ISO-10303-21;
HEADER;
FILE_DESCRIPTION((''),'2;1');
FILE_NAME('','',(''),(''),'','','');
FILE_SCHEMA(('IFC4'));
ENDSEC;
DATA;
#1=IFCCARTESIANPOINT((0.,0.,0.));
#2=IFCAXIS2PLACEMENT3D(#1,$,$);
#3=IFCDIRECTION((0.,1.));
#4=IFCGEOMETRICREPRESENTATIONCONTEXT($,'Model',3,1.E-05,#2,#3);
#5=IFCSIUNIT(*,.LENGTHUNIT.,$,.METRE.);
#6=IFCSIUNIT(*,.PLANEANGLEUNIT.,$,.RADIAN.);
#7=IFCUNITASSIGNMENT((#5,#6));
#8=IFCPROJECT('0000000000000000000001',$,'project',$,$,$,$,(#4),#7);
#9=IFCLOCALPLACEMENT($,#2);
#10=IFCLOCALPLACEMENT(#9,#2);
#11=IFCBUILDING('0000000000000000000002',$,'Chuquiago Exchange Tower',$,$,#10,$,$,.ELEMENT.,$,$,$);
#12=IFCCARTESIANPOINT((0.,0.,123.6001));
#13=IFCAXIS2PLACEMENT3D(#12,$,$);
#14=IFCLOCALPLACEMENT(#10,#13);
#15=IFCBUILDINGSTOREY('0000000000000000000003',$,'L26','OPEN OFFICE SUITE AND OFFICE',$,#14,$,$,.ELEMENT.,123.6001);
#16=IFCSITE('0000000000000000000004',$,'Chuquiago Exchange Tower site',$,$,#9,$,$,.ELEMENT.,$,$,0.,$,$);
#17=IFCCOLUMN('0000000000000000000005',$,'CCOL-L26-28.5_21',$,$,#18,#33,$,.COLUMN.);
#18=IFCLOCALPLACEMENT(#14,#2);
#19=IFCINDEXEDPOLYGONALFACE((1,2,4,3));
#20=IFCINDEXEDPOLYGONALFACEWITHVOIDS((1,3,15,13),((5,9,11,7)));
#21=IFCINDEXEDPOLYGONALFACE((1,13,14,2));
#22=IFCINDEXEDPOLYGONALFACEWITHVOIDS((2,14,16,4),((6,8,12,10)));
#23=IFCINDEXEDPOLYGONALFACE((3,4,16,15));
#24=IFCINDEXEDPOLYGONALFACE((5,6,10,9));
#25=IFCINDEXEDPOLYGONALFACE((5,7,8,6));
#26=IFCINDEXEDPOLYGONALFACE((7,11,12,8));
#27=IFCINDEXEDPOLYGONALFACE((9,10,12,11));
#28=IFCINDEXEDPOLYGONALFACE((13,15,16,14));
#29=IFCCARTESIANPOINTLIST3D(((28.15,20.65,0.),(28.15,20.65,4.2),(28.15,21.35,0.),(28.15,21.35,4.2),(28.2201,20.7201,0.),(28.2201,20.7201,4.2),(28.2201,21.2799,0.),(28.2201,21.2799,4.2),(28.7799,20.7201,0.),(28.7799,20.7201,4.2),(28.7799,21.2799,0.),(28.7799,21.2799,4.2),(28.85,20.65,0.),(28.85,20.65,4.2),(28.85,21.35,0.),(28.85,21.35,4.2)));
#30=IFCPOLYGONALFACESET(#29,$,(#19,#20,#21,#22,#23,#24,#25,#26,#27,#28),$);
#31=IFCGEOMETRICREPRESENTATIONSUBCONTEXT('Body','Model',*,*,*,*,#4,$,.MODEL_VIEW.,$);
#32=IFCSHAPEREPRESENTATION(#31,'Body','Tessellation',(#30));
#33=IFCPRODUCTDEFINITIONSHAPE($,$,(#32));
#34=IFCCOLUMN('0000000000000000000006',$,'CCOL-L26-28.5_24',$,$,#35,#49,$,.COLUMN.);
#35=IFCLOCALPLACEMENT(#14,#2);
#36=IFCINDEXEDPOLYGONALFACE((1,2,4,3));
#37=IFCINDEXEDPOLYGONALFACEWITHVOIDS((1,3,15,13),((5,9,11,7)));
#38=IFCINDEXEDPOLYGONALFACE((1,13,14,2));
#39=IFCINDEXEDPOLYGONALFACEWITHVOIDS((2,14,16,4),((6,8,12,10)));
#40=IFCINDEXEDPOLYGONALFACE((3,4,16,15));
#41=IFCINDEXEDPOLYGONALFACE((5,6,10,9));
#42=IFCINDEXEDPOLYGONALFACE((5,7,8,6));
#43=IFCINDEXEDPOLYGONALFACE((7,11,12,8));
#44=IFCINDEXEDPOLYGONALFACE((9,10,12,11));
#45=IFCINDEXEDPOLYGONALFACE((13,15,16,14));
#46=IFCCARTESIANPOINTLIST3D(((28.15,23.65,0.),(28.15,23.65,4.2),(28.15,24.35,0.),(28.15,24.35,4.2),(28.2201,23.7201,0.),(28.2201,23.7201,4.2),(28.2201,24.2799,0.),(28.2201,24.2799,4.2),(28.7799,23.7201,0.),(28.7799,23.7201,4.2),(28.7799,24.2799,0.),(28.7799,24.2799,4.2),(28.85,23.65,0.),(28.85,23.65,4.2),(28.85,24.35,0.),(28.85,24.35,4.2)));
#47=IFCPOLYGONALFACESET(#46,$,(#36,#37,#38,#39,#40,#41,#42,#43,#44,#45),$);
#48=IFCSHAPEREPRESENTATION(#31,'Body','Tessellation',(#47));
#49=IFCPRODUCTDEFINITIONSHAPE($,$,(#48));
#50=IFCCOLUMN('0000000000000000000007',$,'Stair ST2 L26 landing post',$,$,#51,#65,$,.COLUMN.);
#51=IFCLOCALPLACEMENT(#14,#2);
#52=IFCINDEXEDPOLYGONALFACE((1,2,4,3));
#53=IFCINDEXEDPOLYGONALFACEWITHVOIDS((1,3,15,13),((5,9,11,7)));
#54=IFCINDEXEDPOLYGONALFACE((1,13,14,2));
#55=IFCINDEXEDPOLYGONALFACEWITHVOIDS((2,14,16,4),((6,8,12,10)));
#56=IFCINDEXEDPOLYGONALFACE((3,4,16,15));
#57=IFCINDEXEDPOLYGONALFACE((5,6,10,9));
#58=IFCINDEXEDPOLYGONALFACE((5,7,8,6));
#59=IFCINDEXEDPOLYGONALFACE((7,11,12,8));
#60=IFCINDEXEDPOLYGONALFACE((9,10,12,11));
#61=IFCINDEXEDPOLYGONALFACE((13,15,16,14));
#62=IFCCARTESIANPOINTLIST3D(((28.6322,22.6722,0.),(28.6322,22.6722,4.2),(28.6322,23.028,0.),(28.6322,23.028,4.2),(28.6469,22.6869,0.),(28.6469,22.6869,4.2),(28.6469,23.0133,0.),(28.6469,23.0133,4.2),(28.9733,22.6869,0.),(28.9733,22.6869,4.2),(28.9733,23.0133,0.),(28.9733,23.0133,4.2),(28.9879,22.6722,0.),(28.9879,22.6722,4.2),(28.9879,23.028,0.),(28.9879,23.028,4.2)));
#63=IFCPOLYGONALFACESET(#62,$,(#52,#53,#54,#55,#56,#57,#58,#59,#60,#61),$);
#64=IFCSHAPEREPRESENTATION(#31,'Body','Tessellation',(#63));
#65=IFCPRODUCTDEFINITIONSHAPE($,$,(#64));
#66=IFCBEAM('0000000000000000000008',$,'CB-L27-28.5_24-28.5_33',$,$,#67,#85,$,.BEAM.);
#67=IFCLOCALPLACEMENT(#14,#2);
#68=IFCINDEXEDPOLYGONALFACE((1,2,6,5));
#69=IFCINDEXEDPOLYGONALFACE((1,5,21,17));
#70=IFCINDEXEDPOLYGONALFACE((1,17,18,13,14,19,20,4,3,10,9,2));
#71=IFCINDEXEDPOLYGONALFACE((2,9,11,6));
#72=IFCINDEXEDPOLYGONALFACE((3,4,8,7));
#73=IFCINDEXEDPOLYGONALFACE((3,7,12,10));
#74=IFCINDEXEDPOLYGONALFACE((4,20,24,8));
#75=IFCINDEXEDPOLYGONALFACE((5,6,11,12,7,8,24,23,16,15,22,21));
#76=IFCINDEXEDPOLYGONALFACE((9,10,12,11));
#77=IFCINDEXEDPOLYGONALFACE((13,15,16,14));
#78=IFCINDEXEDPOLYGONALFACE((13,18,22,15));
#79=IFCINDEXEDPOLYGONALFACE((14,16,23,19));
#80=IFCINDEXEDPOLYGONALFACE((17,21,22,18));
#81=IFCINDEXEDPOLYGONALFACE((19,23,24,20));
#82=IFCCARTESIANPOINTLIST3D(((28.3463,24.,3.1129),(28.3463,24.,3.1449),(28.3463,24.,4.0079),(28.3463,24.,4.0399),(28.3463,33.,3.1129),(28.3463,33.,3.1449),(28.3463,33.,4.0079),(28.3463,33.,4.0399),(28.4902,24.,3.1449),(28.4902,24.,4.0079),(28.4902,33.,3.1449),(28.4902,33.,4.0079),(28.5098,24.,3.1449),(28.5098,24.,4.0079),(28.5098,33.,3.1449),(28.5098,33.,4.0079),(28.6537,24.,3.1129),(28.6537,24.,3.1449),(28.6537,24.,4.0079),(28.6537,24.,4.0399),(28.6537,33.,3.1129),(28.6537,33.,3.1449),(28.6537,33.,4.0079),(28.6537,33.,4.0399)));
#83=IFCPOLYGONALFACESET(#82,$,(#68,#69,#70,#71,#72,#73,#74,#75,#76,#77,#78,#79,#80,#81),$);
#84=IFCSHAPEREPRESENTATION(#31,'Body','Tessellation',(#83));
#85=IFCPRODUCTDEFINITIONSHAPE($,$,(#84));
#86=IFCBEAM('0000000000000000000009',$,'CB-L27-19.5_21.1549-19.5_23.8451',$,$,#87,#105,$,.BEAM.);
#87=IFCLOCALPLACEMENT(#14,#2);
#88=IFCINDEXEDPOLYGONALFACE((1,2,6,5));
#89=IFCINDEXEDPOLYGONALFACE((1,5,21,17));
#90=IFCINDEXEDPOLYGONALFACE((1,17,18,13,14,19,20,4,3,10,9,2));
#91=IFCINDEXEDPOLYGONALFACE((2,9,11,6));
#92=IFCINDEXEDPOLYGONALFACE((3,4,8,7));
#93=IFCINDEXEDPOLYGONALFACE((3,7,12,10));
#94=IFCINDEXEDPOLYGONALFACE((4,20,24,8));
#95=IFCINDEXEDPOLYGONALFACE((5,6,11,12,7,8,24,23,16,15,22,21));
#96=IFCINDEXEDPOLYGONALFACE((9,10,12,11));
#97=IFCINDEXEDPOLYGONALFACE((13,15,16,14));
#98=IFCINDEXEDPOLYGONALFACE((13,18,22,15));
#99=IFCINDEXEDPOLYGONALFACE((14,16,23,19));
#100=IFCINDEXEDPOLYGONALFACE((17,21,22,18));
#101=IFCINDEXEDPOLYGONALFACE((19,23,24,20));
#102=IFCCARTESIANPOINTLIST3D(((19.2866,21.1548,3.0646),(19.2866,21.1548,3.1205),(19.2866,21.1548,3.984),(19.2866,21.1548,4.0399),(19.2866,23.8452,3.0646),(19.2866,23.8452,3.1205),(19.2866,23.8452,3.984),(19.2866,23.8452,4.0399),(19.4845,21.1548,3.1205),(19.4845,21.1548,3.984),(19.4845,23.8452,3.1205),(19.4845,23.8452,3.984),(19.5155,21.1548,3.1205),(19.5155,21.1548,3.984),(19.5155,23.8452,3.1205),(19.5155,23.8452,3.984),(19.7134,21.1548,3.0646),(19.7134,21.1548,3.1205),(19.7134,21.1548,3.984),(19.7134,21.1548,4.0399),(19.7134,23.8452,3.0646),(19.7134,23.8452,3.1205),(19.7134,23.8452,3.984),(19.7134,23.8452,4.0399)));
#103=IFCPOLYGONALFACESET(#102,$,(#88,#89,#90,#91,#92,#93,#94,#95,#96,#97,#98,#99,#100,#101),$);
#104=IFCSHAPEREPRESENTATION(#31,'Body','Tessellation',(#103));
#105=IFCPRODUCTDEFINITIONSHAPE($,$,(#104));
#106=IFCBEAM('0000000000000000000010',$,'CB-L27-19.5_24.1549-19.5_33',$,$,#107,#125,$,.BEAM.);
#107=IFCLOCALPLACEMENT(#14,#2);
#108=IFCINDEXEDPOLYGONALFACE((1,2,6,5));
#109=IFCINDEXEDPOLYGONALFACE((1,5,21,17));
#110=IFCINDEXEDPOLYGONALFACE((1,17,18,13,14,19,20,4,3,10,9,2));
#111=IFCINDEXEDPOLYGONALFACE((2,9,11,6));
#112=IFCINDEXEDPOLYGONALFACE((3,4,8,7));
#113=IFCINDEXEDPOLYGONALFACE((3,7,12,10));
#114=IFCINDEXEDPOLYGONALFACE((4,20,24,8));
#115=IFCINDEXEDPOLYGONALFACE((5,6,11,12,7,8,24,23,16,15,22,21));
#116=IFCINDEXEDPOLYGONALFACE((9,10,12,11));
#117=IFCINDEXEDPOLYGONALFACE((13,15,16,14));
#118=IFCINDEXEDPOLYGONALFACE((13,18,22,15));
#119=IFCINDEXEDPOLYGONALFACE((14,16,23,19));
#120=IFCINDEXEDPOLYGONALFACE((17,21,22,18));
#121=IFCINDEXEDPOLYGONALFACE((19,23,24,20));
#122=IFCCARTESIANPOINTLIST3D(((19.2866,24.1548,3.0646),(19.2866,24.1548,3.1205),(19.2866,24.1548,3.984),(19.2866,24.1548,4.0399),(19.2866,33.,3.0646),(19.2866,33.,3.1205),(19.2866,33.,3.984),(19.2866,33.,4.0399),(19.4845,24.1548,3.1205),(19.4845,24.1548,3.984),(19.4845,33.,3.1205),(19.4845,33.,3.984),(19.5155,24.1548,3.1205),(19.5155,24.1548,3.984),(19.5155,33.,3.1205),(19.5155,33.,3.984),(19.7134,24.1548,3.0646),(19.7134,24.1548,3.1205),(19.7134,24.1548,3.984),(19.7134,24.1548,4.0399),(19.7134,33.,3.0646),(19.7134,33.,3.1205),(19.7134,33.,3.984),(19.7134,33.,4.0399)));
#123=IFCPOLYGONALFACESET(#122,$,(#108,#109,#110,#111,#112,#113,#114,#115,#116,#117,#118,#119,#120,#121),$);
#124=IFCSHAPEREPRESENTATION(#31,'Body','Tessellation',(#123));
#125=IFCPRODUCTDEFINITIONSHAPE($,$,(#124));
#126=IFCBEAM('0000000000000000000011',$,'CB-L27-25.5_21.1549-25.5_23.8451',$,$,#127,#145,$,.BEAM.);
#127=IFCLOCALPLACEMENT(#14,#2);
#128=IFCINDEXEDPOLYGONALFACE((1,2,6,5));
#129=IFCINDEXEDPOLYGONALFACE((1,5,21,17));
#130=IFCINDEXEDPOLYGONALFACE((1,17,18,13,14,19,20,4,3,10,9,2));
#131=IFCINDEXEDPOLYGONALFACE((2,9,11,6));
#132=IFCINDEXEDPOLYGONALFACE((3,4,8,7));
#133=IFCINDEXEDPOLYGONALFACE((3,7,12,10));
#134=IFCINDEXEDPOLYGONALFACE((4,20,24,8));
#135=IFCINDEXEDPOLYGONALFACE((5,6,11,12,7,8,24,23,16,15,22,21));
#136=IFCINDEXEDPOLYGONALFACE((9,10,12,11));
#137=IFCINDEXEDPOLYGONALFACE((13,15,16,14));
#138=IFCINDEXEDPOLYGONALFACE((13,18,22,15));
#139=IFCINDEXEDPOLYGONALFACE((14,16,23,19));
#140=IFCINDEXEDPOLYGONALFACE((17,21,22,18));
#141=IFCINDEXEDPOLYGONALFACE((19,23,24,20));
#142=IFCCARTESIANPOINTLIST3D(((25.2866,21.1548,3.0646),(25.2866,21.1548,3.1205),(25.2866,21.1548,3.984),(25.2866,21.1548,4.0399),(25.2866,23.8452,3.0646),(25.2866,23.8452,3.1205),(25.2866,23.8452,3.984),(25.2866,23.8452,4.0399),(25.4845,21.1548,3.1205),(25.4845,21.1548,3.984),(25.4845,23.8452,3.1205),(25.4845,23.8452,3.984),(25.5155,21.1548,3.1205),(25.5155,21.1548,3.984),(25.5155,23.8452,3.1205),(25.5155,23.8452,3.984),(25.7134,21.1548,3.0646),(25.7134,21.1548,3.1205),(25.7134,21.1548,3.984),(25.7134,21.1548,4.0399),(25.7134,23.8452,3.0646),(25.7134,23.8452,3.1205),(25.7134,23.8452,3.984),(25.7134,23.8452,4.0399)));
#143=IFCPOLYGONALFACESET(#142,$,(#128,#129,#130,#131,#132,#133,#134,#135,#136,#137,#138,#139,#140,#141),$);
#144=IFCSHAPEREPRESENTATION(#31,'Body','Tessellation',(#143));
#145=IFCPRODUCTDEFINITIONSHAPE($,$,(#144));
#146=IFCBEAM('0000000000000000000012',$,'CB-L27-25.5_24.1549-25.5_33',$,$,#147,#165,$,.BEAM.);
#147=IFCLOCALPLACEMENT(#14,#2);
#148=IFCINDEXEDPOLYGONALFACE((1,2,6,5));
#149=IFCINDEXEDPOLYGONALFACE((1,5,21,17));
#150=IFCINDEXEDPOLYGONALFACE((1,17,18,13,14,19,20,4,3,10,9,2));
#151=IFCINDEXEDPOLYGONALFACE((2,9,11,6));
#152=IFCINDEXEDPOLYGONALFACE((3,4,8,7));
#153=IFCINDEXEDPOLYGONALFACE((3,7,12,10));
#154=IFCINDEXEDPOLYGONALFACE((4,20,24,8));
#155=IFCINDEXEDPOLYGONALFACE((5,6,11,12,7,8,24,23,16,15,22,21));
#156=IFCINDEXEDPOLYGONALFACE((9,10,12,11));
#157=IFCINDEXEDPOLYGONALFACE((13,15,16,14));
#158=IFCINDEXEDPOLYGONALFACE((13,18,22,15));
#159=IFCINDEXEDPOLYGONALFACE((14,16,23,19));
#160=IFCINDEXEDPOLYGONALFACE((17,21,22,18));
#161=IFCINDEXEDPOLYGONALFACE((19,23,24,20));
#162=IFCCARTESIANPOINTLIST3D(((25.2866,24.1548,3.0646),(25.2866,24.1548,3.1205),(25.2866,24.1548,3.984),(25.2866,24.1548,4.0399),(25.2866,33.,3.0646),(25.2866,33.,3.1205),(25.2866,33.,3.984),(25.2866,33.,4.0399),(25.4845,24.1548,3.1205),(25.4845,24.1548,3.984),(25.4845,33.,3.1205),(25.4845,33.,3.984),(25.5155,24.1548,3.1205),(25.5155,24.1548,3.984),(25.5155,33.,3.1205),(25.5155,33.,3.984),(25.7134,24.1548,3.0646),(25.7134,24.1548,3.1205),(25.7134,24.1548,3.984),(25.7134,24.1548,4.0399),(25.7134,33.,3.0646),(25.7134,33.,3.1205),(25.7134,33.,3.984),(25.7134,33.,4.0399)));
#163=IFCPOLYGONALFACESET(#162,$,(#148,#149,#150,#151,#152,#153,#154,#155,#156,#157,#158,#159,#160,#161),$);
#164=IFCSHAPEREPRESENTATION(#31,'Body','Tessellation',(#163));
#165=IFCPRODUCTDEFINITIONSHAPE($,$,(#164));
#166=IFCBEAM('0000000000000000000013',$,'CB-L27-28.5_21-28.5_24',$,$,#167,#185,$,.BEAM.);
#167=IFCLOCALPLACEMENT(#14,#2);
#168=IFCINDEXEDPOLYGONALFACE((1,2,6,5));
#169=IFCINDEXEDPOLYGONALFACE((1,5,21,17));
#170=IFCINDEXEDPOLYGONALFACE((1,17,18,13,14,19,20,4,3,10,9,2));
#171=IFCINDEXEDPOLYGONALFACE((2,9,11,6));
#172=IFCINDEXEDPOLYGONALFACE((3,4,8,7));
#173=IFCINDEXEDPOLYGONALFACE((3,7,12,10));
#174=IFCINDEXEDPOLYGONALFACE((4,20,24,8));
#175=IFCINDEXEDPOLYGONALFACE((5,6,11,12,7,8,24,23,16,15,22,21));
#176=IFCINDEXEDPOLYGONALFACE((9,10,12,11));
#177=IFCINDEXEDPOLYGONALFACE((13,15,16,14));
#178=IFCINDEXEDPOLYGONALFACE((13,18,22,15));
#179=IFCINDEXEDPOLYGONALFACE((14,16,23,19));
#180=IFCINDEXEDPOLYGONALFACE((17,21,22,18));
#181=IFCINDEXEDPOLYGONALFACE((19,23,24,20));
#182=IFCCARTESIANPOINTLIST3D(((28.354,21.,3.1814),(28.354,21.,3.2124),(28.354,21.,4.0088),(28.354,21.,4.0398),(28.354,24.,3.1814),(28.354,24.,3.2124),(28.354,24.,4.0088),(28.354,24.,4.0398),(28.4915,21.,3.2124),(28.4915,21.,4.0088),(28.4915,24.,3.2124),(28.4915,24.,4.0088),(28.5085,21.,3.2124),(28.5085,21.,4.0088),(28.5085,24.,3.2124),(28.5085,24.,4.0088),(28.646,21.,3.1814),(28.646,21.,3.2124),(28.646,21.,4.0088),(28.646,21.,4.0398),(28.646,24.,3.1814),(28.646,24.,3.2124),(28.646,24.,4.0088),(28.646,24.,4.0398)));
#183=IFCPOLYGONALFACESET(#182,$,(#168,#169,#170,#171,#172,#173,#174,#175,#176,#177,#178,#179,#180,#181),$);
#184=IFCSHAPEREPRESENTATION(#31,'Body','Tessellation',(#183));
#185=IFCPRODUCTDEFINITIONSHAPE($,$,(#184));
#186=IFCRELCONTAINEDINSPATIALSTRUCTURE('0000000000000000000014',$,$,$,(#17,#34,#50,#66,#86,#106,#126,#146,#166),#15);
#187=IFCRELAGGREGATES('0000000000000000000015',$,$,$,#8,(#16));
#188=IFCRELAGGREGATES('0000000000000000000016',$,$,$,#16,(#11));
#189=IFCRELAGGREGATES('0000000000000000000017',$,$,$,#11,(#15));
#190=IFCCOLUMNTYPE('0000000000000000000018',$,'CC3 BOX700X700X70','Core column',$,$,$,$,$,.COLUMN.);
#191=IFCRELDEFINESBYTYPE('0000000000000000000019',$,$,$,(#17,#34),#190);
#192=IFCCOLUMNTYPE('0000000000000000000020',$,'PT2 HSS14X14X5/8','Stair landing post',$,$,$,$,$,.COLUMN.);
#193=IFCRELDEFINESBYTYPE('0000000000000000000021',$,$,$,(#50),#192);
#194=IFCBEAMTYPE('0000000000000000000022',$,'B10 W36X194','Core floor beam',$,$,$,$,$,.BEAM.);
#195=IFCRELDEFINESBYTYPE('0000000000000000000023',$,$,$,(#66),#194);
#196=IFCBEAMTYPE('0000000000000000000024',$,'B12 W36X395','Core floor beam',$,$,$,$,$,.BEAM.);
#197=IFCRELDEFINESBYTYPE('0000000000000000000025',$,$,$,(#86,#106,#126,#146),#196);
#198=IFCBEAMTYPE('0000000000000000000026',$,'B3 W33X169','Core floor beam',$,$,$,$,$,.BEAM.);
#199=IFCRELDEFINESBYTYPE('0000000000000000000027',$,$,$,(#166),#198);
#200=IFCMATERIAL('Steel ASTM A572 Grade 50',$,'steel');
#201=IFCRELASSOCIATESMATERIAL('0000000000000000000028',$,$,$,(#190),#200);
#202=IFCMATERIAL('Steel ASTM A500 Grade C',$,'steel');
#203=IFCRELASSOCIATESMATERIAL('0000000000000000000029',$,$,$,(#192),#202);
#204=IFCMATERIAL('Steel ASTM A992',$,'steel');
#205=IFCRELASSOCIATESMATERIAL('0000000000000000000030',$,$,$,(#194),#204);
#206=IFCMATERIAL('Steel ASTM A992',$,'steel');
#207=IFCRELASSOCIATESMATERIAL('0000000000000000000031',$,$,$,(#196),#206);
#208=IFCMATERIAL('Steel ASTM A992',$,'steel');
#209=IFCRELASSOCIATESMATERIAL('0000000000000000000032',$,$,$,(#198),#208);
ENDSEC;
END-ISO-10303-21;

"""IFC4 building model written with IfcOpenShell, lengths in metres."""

from ifc_helpers import new_model, si_unit, direction, frame, origin, origin_2d, place, context, subcontext, project, spatial, hollow_rectangle, i_section, extrude, material, material_profile, profile_set, type_object, element, save


model = new_model("IFC4")

# Units and contexts
model_context = context("Model", 3, precision=1e-05, world=origin(), true_north=direction((0.0, 1.0)))
body_context = subcontext(model_context, "Body", "Model", "MODEL_VIEW")
ifc_project = project(units=[si_unit("LENGTHUNIT", "METRE"), si_unit("PLANEANGLEUNIT", "RADIAN")], contexts=[model_context])

# Site, building, storey
site_placement = place(None, origin())
site = spatial("IfcSite", under=ifc_project, at=site_placement, Name="Chuquiago Exchange Tower site", CompositionType="ELEMENT", RefElevation=0.0)
building_placement = place(site_placement, origin())
building = spatial("IfcBuilding", under=site, at=building_placement, Name="Chuquiago Exchange Tower", CompositionType="ELEMENT")
storey_placement = place(building_placement, frame((0.0, 0.0, 123.6001)))
storey = spatial("IfcBuildingStorey", under=building, at=storey_placement, Name="L26", Description="OPEN OFFICE SUITE AND OFFICE", CompositionType="ELEMENT", Elevation=123.6001)

# Columns
ifc_material_1 = material(Name="Steel ASTM A572 Grade 50", Category="steel")
ifc_material_profile_1 = material_profile(ifc_material_1, hollow_rectangle(XDim=0.7, YDim=0.7, WallThickness=0.0701, at=origin_2d()), Name="BOX700X700X70")
ifc_profile_set_1 = profile_set([ifc_material_profile_1], Name="Steel ASTM A572 Grade 50")
column_type_1 = type_object("IfcColumnType", Name="CC3 BOX700X700X70", Description="Core column", PredefinedType="COLUMN", material=ifc_profile_set_1)
for number, where, z_axis, x_axis, name in (
    (1, (28.5, 21.0, 0.0), (0.0, 0.0, 1.0), (1.0, 0.0, 0.0), "CCOL-L26-28.5_21"),
    (2, (28.5, 24.0, 0.0), (0.0, 0.0, 1.0), (1.0, 0.0, 0.0), "CCOL-L26-28.5_24"),
):
    element("IfcColumn", number, at=place(storey_placement, frame(where, z_axis=z_axis, x_axis=x_axis)), inside=storey, type_object=column_type_1, Name=name, PredefinedType="COLUMN", context=body_context, shape_type="SweptSolid", body=[
        extrude(hollow_rectangle(XDim=0.7, YDim=0.7, WallThickness=0.0701, at=origin_2d()), origin(), (0.0, 0.0, 1.0), 4.2),
    ])
ifc_material_2 = material(Name="Steel ASTM A500 Grade C", Category="steel")
ifc_material_profile_2 = material_profile(ifc_material_2, hollow_rectangle(XDim=0.3557, YDim=0.3557, WallThickness=0.0146, at=origin_2d()), Name="HSS14X14X5/8")
ifc_profile_set_2 = profile_set([ifc_material_profile_2], Name="Steel ASTM A500 Grade C")
column_type_2 = type_object("IfcColumnType", Name="PT2 HSS14X14X5/8", Description="Stair landing post", PredefinedType="COLUMN", material=ifc_profile_set_2)
column_placement = place(storey_placement, frame((28.8101, 22.8501, 0.0), z_axis=(0.0, 0.0, 1.0), x_axis=(1.0, 0.0, 0.0)))
element("IfcColumn", 3, at=column_placement, inside=storey, type_object=column_type_2, Name="Stair ST2 L26 landing post", PredefinedType="COLUMN", context=body_context, shape_type="SweptSolid", body=[
    extrude(hollow_rectangle(XDim=0.3557, YDim=0.3557, WallThickness=0.0146, at=origin_2d()), origin(), (0.0, 0.0, 1.0), 4.2),
])

# Beams
ifc_material_3 = material(Name="Steel ASTM A992", Category="steel")
ifc_material_profile_3 = material_profile(ifc_material_3, i_section(OverallWidth=0.3074, OverallDepth=0.927, WebThickness=0.0195, FlangeThickness=0.032, at=origin_2d()), Name="W36X194")
ifc_profile_set_3 = profile_set([ifc_material_profile_3], Name="Steel ASTM A992")
beam_type_1 = type_object("IfcBeamType", Name="B10 W36X194", Description="Core floor beam", PredefinedType="BEAM", material=ifc_profile_set_3)
beam_1_placement = place(storey_placement, frame((28.5, 24.0, 3.5764), z_axis=(0.0, 1.0, 0.0), x_axis=(-1.0, 0.0, 0.0)))
element("IfcBeam", 4, at=beam_1_placement, inside=storey, type_object=beam_type_1, Name="CB-L27-28.5_24-28.5_33", PredefinedType="BEAM", context=body_context, shape_type="SweptSolid", body=[
    extrude(i_section(OverallWidth=0.3074, OverallDepth=0.927, WebThickness=0.0195, FlangeThickness=0.032, at=origin_2d()), origin(), (0.0, 0.0, 1.0), 9.0),
])
ifc_material_4 = material(Name="Steel ASTM A992", Category="steel")
ifc_material_profile_4 = material_profile(ifc_material_4, i_section(OverallWidth=0.4268, OverallDepth=0.9753, WebThickness=0.031, FlangeThickness=0.0559, at=origin_2d()), Name="W36X395")
ifc_profile_set_4 = profile_set([ifc_material_profile_4], Name="Steel ASTM A992")
beam_type_2 = type_object("IfcBeamType", Name="B12 W36X395", Description="Core floor beam", PredefinedType="BEAM", material=ifc_profile_set_4)
beam_2_placement = place(storey_placement, frame((19.5, 21.1548, 3.5522), z_axis=(0.0, 1.0, 0.0), x_axis=(-1.0, 0.0, 0.0)))
element("IfcBeam", 5, at=beam_2_placement, inside=storey, type_object=beam_type_2, Name="CB-L27-19.5_21.1549-19.5_23.8451", PredefinedType="BEAM", context=body_context, shape_type="SweptSolid", body=[
    extrude(i_section(OverallWidth=0.4268, OverallDepth=0.9753, WebThickness=0.031, FlangeThickness=0.0559, at=origin_2d()), origin(), (0.0, 0.0, 1.0), 2.6904),
])
beam_3_placement = place(storey_placement, frame((19.5, 24.1548, 3.5522), z_axis=(0.0, 1.0, 0.0), x_axis=(-1.0, 0.0, 0.0)))
element("IfcBeam", 6, at=beam_3_placement, inside=storey, type_object=beam_type_2, Name="CB-L27-19.5_24.1549-19.5_33", PredefinedType="BEAM", context=body_context, shape_type="SweptSolid", body=[
    extrude(i_section(OverallWidth=0.4268, OverallDepth=0.9753, WebThickness=0.031, FlangeThickness=0.0559, at=origin_2d()), origin(), (0.0, 0.0, 1.0), 8.8452),
])
beam_4_placement = place(storey_placement, frame((25.5, 21.1548, 3.5522), z_axis=(0.0, 1.0, 0.0), x_axis=(-1.0, 0.0, 0.0)))
element("IfcBeam", 7, at=beam_4_placement, inside=storey, type_object=beam_type_2, Name="CB-L27-25.5_21.1549-25.5_23.8451", PredefinedType="BEAM", context=body_context, shape_type="SweptSolid", body=[
    extrude(i_section(OverallWidth=0.4268, OverallDepth=0.9753, WebThickness=0.031, FlangeThickness=0.0559, at=origin_2d()), origin(), (0.0, 0.0, 1.0), 2.6904),
])
beam_5_placement = place(storey_placement, frame((25.5, 24.1548, 3.5522), z_axis=(0.0, 1.0, 0.0), x_axis=(-1.0, 0.0, 0.0)))
element("IfcBeam", 8, at=beam_5_placement, inside=storey, type_object=beam_type_2, Name="CB-L27-25.5_24.1549-25.5_33", PredefinedType="BEAM", context=body_context, shape_type="SweptSolid", body=[
    extrude(i_section(OverallWidth=0.4268, OverallDepth=0.9753, WebThickness=0.031, FlangeThickness=0.0559, at=origin_2d()), origin(), (0.0, 0.0, 1.0), 8.8452),
])
ifc_material_5 = material(Name="Steel ASTM A992", Category="steel")
ifc_material_profile_5 = material_profile(ifc_material_5, i_section(OverallWidth=0.292, OverallDepth=0.8584, WebThickness=0.0171, FlangeThickness=0.031, at=origin_2d()), Name="W33X169")
ifc_profile_set_5 = profile_set([ifc_material_profile_5], Name="Steel ASTM A992")
beam_type_3 = type_object("IfcBeamType", Name="B3 W33X169", Description="Core floor beam", PredefinedType="BEAM", material=ifc_profile_set_5)
beam_6_placement = place(storey_placement, frame((28.5, 21.0, 3.6106), z_axis=(0.0, 1.0, 0.0), x_axis=(-1.0, 0.0, 0.0)))
element("IfcBeam", 9, at=beam_6_placement, inside=storey, type_object=beam_type_3, Name="CB-L27-28.5_21-28.5_24", PredefinedType="BEAM", context=body_context, shape_type="SweptSolid", body=[
    extrude(i_section(OverallWidth=0.292, OverallDepth=0.8584, WebThickness=0.0171, FlangeThickness=0.031, at=origin_2d()), origin(), (0.0, 0.0, 1.0), 3.0),
])

save(model, "model.ifc")
